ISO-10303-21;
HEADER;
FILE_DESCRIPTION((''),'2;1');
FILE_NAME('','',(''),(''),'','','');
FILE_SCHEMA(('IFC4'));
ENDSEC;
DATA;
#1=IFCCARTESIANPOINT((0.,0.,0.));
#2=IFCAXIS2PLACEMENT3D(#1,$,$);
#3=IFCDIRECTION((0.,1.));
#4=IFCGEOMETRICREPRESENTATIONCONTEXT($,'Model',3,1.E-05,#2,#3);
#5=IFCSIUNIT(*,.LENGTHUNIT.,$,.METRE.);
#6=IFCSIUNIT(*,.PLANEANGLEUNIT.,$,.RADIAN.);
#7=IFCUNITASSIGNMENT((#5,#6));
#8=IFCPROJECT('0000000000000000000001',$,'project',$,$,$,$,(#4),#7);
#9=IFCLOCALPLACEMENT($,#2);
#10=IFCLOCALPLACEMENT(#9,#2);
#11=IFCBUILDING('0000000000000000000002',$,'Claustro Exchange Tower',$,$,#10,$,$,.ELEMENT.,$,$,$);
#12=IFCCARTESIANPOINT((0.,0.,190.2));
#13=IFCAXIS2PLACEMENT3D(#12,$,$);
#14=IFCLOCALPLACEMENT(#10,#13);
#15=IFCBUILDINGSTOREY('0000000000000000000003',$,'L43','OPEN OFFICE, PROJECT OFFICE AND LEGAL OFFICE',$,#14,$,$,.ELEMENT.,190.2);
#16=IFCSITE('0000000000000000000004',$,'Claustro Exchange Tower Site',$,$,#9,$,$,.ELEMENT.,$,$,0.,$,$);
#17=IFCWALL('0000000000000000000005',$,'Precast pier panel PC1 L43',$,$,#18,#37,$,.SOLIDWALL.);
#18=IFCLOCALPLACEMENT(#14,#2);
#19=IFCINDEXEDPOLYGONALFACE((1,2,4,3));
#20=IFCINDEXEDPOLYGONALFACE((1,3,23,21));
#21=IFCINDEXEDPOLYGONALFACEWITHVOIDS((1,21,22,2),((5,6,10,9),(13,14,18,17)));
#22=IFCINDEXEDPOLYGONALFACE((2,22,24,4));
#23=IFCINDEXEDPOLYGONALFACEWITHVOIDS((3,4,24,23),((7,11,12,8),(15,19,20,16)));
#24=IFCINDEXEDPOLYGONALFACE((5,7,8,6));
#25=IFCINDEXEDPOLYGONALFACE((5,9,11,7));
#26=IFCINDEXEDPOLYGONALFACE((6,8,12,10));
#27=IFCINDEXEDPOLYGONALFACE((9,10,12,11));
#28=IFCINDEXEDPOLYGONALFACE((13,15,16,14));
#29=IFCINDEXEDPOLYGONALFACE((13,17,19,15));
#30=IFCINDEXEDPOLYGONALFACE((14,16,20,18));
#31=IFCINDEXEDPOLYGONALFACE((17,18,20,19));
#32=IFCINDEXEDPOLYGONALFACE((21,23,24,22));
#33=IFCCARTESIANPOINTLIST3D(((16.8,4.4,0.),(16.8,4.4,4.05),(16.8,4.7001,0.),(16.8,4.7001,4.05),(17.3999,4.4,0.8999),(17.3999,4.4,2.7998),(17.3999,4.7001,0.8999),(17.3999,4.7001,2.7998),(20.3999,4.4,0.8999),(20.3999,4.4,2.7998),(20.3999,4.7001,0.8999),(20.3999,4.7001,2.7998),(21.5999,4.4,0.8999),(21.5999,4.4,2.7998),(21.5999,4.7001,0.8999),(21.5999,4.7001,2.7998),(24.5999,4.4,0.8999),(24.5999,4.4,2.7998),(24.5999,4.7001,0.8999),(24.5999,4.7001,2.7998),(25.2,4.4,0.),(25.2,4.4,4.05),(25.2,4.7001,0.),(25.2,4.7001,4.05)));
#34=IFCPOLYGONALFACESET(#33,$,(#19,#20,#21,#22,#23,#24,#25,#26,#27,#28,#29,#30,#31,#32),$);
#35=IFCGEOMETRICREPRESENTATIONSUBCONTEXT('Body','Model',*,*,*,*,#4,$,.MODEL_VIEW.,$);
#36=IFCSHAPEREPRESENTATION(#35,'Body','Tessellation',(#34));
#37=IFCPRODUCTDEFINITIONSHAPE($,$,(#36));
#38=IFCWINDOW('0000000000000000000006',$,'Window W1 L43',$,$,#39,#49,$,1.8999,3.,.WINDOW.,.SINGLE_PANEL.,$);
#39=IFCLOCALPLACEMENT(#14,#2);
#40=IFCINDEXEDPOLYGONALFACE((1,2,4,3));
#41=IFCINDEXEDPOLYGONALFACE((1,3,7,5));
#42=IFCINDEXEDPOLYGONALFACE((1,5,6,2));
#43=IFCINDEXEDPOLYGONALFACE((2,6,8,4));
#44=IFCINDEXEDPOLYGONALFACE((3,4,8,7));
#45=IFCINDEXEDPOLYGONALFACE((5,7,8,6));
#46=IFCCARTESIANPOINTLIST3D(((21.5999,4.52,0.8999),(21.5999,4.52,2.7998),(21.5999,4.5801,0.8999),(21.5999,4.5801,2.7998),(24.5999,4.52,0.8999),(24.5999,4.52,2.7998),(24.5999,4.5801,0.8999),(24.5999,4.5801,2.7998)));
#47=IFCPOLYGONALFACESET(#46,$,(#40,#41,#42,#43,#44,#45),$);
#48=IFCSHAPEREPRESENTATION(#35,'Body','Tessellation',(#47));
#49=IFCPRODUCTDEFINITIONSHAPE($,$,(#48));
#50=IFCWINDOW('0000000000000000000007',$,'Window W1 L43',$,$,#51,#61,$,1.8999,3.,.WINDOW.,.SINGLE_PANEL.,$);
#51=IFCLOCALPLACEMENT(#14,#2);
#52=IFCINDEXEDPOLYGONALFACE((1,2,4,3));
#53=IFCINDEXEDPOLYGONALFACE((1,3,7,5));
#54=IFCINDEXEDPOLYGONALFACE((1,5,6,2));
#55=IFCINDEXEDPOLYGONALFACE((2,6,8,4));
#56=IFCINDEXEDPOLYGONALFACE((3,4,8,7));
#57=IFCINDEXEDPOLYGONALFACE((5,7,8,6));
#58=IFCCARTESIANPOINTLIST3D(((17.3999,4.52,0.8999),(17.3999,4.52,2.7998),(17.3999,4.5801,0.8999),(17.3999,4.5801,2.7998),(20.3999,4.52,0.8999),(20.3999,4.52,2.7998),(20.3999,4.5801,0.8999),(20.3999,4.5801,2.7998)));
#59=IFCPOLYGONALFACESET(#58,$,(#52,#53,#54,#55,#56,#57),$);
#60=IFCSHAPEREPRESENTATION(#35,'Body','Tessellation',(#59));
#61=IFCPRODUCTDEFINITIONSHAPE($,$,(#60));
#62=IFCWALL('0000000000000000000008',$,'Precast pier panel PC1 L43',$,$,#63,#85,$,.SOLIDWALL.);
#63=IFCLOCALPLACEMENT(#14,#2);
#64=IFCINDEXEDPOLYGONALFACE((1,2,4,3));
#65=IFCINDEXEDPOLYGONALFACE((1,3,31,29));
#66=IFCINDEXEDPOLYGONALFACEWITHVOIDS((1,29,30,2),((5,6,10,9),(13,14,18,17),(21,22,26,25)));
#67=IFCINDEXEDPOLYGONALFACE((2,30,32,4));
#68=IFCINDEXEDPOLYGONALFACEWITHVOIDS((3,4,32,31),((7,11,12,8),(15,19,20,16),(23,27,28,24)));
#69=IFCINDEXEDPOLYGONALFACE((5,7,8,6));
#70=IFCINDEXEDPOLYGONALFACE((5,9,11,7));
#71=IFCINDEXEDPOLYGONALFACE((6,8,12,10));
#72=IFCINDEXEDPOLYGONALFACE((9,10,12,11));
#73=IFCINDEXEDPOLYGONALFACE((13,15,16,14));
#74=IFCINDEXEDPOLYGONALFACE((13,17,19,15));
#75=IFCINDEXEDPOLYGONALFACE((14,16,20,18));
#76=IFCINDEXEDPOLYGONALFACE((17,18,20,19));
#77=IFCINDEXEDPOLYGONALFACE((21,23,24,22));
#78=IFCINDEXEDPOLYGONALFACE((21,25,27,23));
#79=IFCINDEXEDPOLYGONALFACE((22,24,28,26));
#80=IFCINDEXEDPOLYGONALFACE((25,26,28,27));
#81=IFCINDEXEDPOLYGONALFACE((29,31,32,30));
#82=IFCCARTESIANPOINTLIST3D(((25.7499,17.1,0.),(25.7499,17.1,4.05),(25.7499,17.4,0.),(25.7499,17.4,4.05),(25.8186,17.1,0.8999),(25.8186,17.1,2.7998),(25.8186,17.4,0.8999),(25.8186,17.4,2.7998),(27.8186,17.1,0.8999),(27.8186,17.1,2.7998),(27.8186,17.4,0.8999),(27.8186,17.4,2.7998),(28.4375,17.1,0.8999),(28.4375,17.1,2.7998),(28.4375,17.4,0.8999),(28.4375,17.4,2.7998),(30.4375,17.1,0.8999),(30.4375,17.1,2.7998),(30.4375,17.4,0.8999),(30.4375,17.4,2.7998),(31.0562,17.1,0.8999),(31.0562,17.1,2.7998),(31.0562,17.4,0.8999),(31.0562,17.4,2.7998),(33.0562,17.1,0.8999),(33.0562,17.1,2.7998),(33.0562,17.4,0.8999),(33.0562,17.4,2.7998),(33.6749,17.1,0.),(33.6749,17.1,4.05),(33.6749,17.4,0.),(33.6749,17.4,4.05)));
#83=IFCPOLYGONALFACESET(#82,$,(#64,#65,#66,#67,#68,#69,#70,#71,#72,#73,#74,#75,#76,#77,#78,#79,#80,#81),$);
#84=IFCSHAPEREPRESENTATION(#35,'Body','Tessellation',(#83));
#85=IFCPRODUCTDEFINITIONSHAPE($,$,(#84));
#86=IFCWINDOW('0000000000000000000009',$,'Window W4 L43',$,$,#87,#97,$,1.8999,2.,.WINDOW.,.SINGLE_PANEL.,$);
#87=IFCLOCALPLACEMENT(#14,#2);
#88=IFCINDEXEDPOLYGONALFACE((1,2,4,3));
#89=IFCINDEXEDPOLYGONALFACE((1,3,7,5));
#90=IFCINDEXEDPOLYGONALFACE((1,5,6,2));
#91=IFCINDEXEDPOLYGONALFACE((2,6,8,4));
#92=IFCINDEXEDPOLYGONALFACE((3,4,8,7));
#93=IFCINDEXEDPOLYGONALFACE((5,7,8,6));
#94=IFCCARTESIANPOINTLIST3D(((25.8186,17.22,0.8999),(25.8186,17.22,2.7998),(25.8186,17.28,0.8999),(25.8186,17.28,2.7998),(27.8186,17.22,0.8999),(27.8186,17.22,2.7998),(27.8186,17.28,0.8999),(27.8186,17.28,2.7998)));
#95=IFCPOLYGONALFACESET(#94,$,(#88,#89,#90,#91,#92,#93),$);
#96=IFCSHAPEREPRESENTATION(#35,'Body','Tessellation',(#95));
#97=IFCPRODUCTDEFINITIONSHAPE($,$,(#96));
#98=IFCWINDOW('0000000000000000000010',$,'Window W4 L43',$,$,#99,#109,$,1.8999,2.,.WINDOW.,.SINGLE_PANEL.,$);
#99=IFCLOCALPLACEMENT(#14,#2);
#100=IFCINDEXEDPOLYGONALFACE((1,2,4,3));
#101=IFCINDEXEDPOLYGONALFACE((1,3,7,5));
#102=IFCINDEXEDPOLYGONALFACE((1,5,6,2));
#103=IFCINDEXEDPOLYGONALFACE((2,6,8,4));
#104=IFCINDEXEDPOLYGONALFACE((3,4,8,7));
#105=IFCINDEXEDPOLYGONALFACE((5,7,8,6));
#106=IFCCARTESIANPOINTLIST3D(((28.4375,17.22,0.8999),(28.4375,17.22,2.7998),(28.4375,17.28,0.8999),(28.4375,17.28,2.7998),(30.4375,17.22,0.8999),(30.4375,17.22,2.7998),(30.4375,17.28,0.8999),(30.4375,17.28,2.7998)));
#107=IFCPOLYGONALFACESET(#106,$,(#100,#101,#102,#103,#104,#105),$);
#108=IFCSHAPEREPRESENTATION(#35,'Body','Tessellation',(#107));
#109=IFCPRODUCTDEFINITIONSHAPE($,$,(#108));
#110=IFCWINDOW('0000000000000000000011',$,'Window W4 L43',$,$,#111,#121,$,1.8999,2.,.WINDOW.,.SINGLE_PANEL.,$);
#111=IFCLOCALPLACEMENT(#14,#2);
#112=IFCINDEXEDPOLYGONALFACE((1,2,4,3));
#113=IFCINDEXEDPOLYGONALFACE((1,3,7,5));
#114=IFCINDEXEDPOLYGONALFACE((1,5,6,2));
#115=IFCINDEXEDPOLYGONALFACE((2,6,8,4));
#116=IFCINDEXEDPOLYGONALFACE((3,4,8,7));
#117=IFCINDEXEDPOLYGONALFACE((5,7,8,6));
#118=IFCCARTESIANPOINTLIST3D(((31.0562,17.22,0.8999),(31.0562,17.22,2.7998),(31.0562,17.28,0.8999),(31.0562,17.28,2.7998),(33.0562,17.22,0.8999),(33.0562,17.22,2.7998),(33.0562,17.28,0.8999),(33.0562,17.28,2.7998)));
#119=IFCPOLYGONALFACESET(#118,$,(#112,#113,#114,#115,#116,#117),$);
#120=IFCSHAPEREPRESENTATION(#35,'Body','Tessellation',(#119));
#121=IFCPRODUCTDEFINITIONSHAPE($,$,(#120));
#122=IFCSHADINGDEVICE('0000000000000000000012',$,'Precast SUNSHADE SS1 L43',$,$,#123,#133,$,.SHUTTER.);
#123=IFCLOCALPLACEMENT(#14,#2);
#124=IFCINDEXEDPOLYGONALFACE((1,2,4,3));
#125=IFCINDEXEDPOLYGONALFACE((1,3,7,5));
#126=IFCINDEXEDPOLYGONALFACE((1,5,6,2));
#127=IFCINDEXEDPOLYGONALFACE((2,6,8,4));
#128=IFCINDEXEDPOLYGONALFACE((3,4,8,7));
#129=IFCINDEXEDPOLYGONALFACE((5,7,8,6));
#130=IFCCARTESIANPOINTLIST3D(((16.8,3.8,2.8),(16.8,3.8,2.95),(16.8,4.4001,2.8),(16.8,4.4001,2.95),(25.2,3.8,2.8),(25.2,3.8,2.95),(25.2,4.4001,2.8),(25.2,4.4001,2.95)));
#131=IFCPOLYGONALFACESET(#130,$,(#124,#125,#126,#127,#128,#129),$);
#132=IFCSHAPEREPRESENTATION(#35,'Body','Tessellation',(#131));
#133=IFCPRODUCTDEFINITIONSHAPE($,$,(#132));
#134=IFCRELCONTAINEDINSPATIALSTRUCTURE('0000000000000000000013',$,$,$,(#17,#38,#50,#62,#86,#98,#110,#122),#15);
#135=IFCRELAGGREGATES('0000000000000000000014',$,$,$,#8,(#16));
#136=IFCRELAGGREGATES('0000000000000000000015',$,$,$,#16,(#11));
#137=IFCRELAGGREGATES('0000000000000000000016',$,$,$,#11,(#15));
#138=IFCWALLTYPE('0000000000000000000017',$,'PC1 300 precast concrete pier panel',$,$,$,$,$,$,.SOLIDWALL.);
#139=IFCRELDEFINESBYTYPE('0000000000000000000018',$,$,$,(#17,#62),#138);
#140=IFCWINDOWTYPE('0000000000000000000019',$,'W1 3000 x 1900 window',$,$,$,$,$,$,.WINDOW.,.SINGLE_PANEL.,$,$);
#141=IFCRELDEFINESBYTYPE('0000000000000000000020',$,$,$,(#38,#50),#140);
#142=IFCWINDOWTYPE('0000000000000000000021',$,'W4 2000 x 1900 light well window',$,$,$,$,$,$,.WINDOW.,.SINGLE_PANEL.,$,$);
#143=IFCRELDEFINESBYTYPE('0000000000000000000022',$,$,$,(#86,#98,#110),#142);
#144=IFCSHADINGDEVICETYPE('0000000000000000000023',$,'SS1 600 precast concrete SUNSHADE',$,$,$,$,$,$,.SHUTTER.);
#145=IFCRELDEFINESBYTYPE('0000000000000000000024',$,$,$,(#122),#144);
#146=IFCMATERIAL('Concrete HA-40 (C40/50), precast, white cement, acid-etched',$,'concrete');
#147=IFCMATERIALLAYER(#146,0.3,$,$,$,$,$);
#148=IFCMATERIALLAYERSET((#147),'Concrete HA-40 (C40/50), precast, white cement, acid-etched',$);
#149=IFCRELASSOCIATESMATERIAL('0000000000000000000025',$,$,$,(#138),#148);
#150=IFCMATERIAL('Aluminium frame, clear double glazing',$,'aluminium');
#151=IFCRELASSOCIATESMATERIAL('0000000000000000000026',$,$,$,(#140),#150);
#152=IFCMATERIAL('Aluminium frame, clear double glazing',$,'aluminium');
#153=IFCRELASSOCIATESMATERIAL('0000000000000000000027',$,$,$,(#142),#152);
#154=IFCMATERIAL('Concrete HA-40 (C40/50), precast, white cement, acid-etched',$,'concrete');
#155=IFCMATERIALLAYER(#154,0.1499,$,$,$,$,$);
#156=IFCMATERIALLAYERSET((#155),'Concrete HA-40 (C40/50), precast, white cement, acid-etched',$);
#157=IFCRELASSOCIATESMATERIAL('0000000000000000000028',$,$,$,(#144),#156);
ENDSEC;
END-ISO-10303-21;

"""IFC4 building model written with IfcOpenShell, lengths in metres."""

from ifc_helpers import new_model, si_unit, direction, frame, frame_2d, origin, origin_2d, place, context, subcontext, project, spatial, rectangle, extrude, material, layer, layer_set, type_object, element, fill, save


model = new_model("IFC4")

# Units and contexts
model_context = context("Model", 3, precision=1e-05, world=origin(), true_north=direction((0.0, 1.0)))
body_context = subcontext(model_context, "Body", "Model", "MODEL_VIEW")
ifc_project = project(units=[si_unit("LENGTHUNIT", "METRE"), si_unit("PLANEANGLEUNIT", "RADIAN")], contexts=[model_context])

# Site, building, storey
site_placement = place(None, origin())
site = spatial("IfcSite", under=ifc_project, at=site_placement, Name="Claustro Exchange Tower Site", CompositionType="ELEMENT", RefElevation=0.0)
building_placement = place(site_placement, origin())
building = spatial("IfcBuilding", under=site, at=building_placement, Name="Claustro Exchange Tower", CompositionType="ELEMENT")
storey_placement = place(building_placement, frame((0.0, 0.0, 190.2)))
storey = spatial("IfcBuildingStorey", under=building, at=storey_placement, Name="L43", Description="OPEN OFFICE, PROJECT OFFICE AND LEGAL OFFICE", CompositionType="ELEMENT", Elevation=190.2)

# Walls, openings, windows
ifc_material_1 = material(Name="Concrete HA-40 (C40/50), precast, white cement, acid-etched", Category="concrete")
ifc_layer_1 = layer(ifc_material_1, 0.3)
ifc_layer_set_1 = layer_set([ifc_layer_1], Name="Concrete HA-40 (C40/50), precast, white cement, acid-etched")
wall_type_1 = type_object("IfcWallType", Name="PC1 300 precast concrete pier panel", PredefinedType="SOLIDWALL", material=ifc_layer_set_1)
wall_1_placement = place(storey_placement, frame((25.2, 4.55, 0.0), z_axis=(0.0, 0.0, 1.0), x_axis=(-1.0, 0.0, 0.0)))
wall_1 = element("IfcWall", 1, at=wall_1_placement, inside=storey, type_object=wall_type_1, Name="Precast pier panel PC1 L43", PredefinedType="SOLIDWALL", context=body_context, shape_type="SweptSolid", body=[
    extrude(rectangle(XDim=8.3999, YDim=0.3, at=frame_2d((4.2, 0.0))), origin(), (0.0, 0.0, 1.0), 4.05),
])
opening_1_placement = place(wall_1_placement, frame((0.6001, 0.0, 0.8999)))
opening_1 = element("IfcOpeningElement", 2, at=opening_1_placement, cuts=wall_1, PredefinedType="OPENING", context=body_context, shape_type="SweptSolid", body=[
    extrude(rectangle(XDim=3.0, YDim=1.8999, at=frame_2d((1.5, 0.95))), frame((0.0, 0.1599, 0.0), z_axis=(0.0, -1.0, 0.0), x_axis=(1.0, 0.0, 0.0)), (0.0, 0.0, 1.0), 0.3201),
])
opening_2_placement = place(wall_1_placement, frame((4.8, 0.0, 0.8999)))
opening_2 = element("IfcOpeningElement", 3, at=opening_2_placement, cuts=wall_1, PredefinedType="OPENING", context=body_context, shape_type="SweptSolid", body=[
    extrude(rectangle(XDim=3.0, YDim=1.8999, at=frame_2d((1.5, 0.95))), frame((0.0, 0.1599, 0.0), z_axis=(0.0, -1.0, 0.0), x_axis=(1.0, 0.0, 0.0)), (0.0, 0.0, 1.0), 0.3201),
])
ifc_material_2 = material(Name="Aluminium frame, clear double glazing", Category="aluminium")
window_type_1 = type_object("IfcWindowType", Name="W1 3000 x 1900 window", PartitioningType="SINGLE_PANEL", PredefinedType="WINDOW", material=ifc_material_2)
window_1_placement = place(opening_1_placement, origin())
window_1 = element("IfcWindow", 4, at=window_1_placement, inside=storey, type_object=window_type_1, Name="Window W1 L43", OverallHeight=1.8999, OverallWidth=3.0, PartitioningType="SINGLE_PANEL", PredefinedType="WINDOW", context=body_context, shape_type="SweptSolid", body=[
    extrude(rectangle(XDim=3.0, YDim=1.8999, at=frame_2d((1.5, 0.95))), frame((0.0, 0.03, 0.0), z_axis=(0.0, -1.0, 0.0), x_axis=(1.0, 0.0, 0.0)), (0.0, 0.0, 1.0), 0.0601),
])
fill(opening_1, window_1)
window_2_placement = place(opening_2_placement, origin())
window_2 = element("IfcWindow", 5, at=window_2_placement, inside=storey, type_object=window_type_1, Name="Window W1 L43", OverallHeight=1.8999, OverallWidth=3.0, PartitioningType="SINGLE_PANEL", PredefinedType="WINDOW", context=body_context, shape_type="SweptSolid", body=[
    extrude(rectangle(XDim=3.0, YDim=1.8999, at=frame_2d((1.5, 0.95))), frame((0.0, 0.03, 0.0), z_axis=(0.0, -1.0, 0.0), x_axis=(1.0, 0.0, 0.0)), (0.0, 0.0, 1.0), 0.0601),
])
fill(opening_2, window_2)
wall_2_placement = place(storey_placement, frame((25.75, 17.25, 0.0), z_axis=(0.0, 0.0, 1.0), x_axis=(1.0, 0.0, 0.0)))
wall_2 = element("IfcWall", 6, at=wall_2_placement, inside=storey, type_object=wall_type_1, Name="Precast pier panel PC1 L43", PredefinedType="SOLIDWALL", context=body_context, shape_type="SweptSolid", body=[
    extrude(rectangle(XDim=7.925, YDim=0.3, at=frame_2d((3.9624, 0.0))), origin(), (0.0, 0.0, 1.0), 4.05),
])
opening_3_placement = place(wall_2_placement, frame((0.0686, 0.0, 0.8999)))
opening_3 = element("IfcOpeningElement", 7, at=opening_3_placement, cuts=wall_2, PredefinedType="OPENING", context=body_context, shape_type="SweptSolid", body=[
    extrude(rectangle(XDim=2.0, YDim=1.8999, at=frame_2d((1.0, 0.95))), frame((0.0, 0.1599, 0.0), z_axis=(0.0, -1.0, 0.0), x_axis=(1.0, 0.0, 0.0)), (0.0, 0.0, 1.0), 0.3201),
])
opening_4_placement = place(wall_2_placement, frame((2.6875, 0.0, 0.8999)))
opening_4 = element("IfcOpeningElement", 8, at=opening_4_placement, cuts=wall_2, PredefinedType="OPENING", context=body_context, shape_type="SweptSolid", body=[
    extrude(rectangle(XDim=2.0, YDim=1.8999, at=frame_2d((1.0, 0.95))), frame((0.0, 0.1599, 0.0), z_axis=(0.0, -1.0, 0.0), x_axis=(1.0, 0.0, 0.0)), (0.0, 0.0, 1.0), 0.3201),
])
opening_5_placement = place(wall_2_placement, frame((5.3062, 0.0, 0.8999)))
opening_5 = element("IfcOpeningElement", 9, at=opening_5_placement, cuts=wall_2, PredefinedType="OPENING", context=body_context, shape_type="SweptSolid", body=[
    extrude(rectangle(XDim=2.0, YDim=1.8999, at=frame_2d((1.0, 0.95))), frame((0.0, 0.1599, 0.0), z_axis=(0.0, -1.0, 0.0), x_axis=(1.0, 0.0, 0.0)), (0.0, 0.0, 1.0), 0.3201),
])
ifc_material_3 = material(Name="Aluminium frame, clear double glazing", Category="aluminium")
window_type_2 = type_object("IfcWindowType", Name="W4 2000 x 1900 light well window", PartitioningType="SINGLE_PANEL", PredefinedType="WINDOW", material=ifc_material_3)
window_3_placement = place(opening_3_placement, origin())
window_3 = element("IfcWindow", 10, at=window_3_placement, inside=storey, type_object=window_type_2, Name="Window W4 L43", OverallHeight=1.8999, OverallWidth=2.0, PartitioningType="SINGLE_PANEL", PredefinedType="WINDOW", context=body_context, shape_type="SweptSolid", body=[
    extrude(rectangle(XDim=2.0, YDim=1.8999, at=frame_2d((1.0, 0.95))), frame((0.0, 0.03, 0.0), z_axis=(0.0, -1.0, 0.0), x_axis=(1.0, 0.0, 0.0)), (0.0, 0.0, 1.0), 0.0601),
])
fill(opening_3, window_3)
window_4_placement = place(opening_4_placement, origin())
window_4 = element("IfcWindow", 11, at=window_4_placement, inside=storey, type_object=window_type_2, Name="Window W4 L43", OverallHeight=1.8999, OverallWidth=2.0, PartitioningType="SINGLE_PANEL", PredefinedType="WINDOW", context=body_context, shape_type="SweptSolid", body=[
    extrude(rectangle(XDim=2.0, YDim=1.8999, at=frame_2d((1.0, 0.95))), frame((0.0, 0.03, 0.0), z_axis=(0.0, -1.0, 0.0), x_axis=(1.0, 0.0, 0.0)), (0.0, 0.0, 1.0), 0.0601),
])
fill(opening_4, window_4)
window_5_placement = place(opening_5_placement, origin())
window_5 = element("IfcWindow", 12, at=window_5_placement, inside=storey, type_object=window_type_2, Name="Window W4 L43", OverallHeight=1.8999, OverallWidth=2.0, PartitioningType="SINGLE_PANEL", PredefinedType="WINDOW", context=body_context, shape_type="SweptSolid", body=[
    extrude(rectangle(XDim=2.0, YDim=1.8999, at=frame_2d((1.0, 0.95))), frame((0.0, 0.03, 0.0), z_axis=(0.0, -1.0, 0.0), x_axis=(1.0, 0.0, 0.0)), (0.0, 0.0, 1.0), 0.0601),
])
fill(opening_5, window_5)

# Shading device
ifc_material_4 = material(Name="Concrete HA-40 (C40/50), precast, white cement, acid-etched", Category="concrete")
ifc_layer_2 = layer(ifc_material_4, 0.1499)
ifc_layer_set_2 = layer_set([ifc_layer_2], Name="Concrete HA-40 (C40/50), precast, white cement, acid-etched")
shading_device_type = type_object("IfcShadingDeviceType", Name="SS1 600 precast concrete SUNSHADE", PredefinedType="SHUTTER", material=ifc_layer_set_2)
shading_device_placement = place(storey_placement, frame((21.0, 4.1001, 2.8), z_axis=(0.0, 0.0, 1.0), x_axis=(-1.0, 0.0, 0.0)))
element("IfcShadingDevice", 13, at=shading_device_placement, inside=storey, type_object=shading_device_type, Name="Precast SUNSHADE SS1 L43", PredefinedType="SHUTTER", context=body_context, shape_type="SweptSolid", body=[
    extrude(rectangle(XDim=8.3999, YDim=0.6001, at=origin_2d()), origin(), (0.0, 0.0, 1.0), 0.1499),
])

save(model, "model.ifc")
